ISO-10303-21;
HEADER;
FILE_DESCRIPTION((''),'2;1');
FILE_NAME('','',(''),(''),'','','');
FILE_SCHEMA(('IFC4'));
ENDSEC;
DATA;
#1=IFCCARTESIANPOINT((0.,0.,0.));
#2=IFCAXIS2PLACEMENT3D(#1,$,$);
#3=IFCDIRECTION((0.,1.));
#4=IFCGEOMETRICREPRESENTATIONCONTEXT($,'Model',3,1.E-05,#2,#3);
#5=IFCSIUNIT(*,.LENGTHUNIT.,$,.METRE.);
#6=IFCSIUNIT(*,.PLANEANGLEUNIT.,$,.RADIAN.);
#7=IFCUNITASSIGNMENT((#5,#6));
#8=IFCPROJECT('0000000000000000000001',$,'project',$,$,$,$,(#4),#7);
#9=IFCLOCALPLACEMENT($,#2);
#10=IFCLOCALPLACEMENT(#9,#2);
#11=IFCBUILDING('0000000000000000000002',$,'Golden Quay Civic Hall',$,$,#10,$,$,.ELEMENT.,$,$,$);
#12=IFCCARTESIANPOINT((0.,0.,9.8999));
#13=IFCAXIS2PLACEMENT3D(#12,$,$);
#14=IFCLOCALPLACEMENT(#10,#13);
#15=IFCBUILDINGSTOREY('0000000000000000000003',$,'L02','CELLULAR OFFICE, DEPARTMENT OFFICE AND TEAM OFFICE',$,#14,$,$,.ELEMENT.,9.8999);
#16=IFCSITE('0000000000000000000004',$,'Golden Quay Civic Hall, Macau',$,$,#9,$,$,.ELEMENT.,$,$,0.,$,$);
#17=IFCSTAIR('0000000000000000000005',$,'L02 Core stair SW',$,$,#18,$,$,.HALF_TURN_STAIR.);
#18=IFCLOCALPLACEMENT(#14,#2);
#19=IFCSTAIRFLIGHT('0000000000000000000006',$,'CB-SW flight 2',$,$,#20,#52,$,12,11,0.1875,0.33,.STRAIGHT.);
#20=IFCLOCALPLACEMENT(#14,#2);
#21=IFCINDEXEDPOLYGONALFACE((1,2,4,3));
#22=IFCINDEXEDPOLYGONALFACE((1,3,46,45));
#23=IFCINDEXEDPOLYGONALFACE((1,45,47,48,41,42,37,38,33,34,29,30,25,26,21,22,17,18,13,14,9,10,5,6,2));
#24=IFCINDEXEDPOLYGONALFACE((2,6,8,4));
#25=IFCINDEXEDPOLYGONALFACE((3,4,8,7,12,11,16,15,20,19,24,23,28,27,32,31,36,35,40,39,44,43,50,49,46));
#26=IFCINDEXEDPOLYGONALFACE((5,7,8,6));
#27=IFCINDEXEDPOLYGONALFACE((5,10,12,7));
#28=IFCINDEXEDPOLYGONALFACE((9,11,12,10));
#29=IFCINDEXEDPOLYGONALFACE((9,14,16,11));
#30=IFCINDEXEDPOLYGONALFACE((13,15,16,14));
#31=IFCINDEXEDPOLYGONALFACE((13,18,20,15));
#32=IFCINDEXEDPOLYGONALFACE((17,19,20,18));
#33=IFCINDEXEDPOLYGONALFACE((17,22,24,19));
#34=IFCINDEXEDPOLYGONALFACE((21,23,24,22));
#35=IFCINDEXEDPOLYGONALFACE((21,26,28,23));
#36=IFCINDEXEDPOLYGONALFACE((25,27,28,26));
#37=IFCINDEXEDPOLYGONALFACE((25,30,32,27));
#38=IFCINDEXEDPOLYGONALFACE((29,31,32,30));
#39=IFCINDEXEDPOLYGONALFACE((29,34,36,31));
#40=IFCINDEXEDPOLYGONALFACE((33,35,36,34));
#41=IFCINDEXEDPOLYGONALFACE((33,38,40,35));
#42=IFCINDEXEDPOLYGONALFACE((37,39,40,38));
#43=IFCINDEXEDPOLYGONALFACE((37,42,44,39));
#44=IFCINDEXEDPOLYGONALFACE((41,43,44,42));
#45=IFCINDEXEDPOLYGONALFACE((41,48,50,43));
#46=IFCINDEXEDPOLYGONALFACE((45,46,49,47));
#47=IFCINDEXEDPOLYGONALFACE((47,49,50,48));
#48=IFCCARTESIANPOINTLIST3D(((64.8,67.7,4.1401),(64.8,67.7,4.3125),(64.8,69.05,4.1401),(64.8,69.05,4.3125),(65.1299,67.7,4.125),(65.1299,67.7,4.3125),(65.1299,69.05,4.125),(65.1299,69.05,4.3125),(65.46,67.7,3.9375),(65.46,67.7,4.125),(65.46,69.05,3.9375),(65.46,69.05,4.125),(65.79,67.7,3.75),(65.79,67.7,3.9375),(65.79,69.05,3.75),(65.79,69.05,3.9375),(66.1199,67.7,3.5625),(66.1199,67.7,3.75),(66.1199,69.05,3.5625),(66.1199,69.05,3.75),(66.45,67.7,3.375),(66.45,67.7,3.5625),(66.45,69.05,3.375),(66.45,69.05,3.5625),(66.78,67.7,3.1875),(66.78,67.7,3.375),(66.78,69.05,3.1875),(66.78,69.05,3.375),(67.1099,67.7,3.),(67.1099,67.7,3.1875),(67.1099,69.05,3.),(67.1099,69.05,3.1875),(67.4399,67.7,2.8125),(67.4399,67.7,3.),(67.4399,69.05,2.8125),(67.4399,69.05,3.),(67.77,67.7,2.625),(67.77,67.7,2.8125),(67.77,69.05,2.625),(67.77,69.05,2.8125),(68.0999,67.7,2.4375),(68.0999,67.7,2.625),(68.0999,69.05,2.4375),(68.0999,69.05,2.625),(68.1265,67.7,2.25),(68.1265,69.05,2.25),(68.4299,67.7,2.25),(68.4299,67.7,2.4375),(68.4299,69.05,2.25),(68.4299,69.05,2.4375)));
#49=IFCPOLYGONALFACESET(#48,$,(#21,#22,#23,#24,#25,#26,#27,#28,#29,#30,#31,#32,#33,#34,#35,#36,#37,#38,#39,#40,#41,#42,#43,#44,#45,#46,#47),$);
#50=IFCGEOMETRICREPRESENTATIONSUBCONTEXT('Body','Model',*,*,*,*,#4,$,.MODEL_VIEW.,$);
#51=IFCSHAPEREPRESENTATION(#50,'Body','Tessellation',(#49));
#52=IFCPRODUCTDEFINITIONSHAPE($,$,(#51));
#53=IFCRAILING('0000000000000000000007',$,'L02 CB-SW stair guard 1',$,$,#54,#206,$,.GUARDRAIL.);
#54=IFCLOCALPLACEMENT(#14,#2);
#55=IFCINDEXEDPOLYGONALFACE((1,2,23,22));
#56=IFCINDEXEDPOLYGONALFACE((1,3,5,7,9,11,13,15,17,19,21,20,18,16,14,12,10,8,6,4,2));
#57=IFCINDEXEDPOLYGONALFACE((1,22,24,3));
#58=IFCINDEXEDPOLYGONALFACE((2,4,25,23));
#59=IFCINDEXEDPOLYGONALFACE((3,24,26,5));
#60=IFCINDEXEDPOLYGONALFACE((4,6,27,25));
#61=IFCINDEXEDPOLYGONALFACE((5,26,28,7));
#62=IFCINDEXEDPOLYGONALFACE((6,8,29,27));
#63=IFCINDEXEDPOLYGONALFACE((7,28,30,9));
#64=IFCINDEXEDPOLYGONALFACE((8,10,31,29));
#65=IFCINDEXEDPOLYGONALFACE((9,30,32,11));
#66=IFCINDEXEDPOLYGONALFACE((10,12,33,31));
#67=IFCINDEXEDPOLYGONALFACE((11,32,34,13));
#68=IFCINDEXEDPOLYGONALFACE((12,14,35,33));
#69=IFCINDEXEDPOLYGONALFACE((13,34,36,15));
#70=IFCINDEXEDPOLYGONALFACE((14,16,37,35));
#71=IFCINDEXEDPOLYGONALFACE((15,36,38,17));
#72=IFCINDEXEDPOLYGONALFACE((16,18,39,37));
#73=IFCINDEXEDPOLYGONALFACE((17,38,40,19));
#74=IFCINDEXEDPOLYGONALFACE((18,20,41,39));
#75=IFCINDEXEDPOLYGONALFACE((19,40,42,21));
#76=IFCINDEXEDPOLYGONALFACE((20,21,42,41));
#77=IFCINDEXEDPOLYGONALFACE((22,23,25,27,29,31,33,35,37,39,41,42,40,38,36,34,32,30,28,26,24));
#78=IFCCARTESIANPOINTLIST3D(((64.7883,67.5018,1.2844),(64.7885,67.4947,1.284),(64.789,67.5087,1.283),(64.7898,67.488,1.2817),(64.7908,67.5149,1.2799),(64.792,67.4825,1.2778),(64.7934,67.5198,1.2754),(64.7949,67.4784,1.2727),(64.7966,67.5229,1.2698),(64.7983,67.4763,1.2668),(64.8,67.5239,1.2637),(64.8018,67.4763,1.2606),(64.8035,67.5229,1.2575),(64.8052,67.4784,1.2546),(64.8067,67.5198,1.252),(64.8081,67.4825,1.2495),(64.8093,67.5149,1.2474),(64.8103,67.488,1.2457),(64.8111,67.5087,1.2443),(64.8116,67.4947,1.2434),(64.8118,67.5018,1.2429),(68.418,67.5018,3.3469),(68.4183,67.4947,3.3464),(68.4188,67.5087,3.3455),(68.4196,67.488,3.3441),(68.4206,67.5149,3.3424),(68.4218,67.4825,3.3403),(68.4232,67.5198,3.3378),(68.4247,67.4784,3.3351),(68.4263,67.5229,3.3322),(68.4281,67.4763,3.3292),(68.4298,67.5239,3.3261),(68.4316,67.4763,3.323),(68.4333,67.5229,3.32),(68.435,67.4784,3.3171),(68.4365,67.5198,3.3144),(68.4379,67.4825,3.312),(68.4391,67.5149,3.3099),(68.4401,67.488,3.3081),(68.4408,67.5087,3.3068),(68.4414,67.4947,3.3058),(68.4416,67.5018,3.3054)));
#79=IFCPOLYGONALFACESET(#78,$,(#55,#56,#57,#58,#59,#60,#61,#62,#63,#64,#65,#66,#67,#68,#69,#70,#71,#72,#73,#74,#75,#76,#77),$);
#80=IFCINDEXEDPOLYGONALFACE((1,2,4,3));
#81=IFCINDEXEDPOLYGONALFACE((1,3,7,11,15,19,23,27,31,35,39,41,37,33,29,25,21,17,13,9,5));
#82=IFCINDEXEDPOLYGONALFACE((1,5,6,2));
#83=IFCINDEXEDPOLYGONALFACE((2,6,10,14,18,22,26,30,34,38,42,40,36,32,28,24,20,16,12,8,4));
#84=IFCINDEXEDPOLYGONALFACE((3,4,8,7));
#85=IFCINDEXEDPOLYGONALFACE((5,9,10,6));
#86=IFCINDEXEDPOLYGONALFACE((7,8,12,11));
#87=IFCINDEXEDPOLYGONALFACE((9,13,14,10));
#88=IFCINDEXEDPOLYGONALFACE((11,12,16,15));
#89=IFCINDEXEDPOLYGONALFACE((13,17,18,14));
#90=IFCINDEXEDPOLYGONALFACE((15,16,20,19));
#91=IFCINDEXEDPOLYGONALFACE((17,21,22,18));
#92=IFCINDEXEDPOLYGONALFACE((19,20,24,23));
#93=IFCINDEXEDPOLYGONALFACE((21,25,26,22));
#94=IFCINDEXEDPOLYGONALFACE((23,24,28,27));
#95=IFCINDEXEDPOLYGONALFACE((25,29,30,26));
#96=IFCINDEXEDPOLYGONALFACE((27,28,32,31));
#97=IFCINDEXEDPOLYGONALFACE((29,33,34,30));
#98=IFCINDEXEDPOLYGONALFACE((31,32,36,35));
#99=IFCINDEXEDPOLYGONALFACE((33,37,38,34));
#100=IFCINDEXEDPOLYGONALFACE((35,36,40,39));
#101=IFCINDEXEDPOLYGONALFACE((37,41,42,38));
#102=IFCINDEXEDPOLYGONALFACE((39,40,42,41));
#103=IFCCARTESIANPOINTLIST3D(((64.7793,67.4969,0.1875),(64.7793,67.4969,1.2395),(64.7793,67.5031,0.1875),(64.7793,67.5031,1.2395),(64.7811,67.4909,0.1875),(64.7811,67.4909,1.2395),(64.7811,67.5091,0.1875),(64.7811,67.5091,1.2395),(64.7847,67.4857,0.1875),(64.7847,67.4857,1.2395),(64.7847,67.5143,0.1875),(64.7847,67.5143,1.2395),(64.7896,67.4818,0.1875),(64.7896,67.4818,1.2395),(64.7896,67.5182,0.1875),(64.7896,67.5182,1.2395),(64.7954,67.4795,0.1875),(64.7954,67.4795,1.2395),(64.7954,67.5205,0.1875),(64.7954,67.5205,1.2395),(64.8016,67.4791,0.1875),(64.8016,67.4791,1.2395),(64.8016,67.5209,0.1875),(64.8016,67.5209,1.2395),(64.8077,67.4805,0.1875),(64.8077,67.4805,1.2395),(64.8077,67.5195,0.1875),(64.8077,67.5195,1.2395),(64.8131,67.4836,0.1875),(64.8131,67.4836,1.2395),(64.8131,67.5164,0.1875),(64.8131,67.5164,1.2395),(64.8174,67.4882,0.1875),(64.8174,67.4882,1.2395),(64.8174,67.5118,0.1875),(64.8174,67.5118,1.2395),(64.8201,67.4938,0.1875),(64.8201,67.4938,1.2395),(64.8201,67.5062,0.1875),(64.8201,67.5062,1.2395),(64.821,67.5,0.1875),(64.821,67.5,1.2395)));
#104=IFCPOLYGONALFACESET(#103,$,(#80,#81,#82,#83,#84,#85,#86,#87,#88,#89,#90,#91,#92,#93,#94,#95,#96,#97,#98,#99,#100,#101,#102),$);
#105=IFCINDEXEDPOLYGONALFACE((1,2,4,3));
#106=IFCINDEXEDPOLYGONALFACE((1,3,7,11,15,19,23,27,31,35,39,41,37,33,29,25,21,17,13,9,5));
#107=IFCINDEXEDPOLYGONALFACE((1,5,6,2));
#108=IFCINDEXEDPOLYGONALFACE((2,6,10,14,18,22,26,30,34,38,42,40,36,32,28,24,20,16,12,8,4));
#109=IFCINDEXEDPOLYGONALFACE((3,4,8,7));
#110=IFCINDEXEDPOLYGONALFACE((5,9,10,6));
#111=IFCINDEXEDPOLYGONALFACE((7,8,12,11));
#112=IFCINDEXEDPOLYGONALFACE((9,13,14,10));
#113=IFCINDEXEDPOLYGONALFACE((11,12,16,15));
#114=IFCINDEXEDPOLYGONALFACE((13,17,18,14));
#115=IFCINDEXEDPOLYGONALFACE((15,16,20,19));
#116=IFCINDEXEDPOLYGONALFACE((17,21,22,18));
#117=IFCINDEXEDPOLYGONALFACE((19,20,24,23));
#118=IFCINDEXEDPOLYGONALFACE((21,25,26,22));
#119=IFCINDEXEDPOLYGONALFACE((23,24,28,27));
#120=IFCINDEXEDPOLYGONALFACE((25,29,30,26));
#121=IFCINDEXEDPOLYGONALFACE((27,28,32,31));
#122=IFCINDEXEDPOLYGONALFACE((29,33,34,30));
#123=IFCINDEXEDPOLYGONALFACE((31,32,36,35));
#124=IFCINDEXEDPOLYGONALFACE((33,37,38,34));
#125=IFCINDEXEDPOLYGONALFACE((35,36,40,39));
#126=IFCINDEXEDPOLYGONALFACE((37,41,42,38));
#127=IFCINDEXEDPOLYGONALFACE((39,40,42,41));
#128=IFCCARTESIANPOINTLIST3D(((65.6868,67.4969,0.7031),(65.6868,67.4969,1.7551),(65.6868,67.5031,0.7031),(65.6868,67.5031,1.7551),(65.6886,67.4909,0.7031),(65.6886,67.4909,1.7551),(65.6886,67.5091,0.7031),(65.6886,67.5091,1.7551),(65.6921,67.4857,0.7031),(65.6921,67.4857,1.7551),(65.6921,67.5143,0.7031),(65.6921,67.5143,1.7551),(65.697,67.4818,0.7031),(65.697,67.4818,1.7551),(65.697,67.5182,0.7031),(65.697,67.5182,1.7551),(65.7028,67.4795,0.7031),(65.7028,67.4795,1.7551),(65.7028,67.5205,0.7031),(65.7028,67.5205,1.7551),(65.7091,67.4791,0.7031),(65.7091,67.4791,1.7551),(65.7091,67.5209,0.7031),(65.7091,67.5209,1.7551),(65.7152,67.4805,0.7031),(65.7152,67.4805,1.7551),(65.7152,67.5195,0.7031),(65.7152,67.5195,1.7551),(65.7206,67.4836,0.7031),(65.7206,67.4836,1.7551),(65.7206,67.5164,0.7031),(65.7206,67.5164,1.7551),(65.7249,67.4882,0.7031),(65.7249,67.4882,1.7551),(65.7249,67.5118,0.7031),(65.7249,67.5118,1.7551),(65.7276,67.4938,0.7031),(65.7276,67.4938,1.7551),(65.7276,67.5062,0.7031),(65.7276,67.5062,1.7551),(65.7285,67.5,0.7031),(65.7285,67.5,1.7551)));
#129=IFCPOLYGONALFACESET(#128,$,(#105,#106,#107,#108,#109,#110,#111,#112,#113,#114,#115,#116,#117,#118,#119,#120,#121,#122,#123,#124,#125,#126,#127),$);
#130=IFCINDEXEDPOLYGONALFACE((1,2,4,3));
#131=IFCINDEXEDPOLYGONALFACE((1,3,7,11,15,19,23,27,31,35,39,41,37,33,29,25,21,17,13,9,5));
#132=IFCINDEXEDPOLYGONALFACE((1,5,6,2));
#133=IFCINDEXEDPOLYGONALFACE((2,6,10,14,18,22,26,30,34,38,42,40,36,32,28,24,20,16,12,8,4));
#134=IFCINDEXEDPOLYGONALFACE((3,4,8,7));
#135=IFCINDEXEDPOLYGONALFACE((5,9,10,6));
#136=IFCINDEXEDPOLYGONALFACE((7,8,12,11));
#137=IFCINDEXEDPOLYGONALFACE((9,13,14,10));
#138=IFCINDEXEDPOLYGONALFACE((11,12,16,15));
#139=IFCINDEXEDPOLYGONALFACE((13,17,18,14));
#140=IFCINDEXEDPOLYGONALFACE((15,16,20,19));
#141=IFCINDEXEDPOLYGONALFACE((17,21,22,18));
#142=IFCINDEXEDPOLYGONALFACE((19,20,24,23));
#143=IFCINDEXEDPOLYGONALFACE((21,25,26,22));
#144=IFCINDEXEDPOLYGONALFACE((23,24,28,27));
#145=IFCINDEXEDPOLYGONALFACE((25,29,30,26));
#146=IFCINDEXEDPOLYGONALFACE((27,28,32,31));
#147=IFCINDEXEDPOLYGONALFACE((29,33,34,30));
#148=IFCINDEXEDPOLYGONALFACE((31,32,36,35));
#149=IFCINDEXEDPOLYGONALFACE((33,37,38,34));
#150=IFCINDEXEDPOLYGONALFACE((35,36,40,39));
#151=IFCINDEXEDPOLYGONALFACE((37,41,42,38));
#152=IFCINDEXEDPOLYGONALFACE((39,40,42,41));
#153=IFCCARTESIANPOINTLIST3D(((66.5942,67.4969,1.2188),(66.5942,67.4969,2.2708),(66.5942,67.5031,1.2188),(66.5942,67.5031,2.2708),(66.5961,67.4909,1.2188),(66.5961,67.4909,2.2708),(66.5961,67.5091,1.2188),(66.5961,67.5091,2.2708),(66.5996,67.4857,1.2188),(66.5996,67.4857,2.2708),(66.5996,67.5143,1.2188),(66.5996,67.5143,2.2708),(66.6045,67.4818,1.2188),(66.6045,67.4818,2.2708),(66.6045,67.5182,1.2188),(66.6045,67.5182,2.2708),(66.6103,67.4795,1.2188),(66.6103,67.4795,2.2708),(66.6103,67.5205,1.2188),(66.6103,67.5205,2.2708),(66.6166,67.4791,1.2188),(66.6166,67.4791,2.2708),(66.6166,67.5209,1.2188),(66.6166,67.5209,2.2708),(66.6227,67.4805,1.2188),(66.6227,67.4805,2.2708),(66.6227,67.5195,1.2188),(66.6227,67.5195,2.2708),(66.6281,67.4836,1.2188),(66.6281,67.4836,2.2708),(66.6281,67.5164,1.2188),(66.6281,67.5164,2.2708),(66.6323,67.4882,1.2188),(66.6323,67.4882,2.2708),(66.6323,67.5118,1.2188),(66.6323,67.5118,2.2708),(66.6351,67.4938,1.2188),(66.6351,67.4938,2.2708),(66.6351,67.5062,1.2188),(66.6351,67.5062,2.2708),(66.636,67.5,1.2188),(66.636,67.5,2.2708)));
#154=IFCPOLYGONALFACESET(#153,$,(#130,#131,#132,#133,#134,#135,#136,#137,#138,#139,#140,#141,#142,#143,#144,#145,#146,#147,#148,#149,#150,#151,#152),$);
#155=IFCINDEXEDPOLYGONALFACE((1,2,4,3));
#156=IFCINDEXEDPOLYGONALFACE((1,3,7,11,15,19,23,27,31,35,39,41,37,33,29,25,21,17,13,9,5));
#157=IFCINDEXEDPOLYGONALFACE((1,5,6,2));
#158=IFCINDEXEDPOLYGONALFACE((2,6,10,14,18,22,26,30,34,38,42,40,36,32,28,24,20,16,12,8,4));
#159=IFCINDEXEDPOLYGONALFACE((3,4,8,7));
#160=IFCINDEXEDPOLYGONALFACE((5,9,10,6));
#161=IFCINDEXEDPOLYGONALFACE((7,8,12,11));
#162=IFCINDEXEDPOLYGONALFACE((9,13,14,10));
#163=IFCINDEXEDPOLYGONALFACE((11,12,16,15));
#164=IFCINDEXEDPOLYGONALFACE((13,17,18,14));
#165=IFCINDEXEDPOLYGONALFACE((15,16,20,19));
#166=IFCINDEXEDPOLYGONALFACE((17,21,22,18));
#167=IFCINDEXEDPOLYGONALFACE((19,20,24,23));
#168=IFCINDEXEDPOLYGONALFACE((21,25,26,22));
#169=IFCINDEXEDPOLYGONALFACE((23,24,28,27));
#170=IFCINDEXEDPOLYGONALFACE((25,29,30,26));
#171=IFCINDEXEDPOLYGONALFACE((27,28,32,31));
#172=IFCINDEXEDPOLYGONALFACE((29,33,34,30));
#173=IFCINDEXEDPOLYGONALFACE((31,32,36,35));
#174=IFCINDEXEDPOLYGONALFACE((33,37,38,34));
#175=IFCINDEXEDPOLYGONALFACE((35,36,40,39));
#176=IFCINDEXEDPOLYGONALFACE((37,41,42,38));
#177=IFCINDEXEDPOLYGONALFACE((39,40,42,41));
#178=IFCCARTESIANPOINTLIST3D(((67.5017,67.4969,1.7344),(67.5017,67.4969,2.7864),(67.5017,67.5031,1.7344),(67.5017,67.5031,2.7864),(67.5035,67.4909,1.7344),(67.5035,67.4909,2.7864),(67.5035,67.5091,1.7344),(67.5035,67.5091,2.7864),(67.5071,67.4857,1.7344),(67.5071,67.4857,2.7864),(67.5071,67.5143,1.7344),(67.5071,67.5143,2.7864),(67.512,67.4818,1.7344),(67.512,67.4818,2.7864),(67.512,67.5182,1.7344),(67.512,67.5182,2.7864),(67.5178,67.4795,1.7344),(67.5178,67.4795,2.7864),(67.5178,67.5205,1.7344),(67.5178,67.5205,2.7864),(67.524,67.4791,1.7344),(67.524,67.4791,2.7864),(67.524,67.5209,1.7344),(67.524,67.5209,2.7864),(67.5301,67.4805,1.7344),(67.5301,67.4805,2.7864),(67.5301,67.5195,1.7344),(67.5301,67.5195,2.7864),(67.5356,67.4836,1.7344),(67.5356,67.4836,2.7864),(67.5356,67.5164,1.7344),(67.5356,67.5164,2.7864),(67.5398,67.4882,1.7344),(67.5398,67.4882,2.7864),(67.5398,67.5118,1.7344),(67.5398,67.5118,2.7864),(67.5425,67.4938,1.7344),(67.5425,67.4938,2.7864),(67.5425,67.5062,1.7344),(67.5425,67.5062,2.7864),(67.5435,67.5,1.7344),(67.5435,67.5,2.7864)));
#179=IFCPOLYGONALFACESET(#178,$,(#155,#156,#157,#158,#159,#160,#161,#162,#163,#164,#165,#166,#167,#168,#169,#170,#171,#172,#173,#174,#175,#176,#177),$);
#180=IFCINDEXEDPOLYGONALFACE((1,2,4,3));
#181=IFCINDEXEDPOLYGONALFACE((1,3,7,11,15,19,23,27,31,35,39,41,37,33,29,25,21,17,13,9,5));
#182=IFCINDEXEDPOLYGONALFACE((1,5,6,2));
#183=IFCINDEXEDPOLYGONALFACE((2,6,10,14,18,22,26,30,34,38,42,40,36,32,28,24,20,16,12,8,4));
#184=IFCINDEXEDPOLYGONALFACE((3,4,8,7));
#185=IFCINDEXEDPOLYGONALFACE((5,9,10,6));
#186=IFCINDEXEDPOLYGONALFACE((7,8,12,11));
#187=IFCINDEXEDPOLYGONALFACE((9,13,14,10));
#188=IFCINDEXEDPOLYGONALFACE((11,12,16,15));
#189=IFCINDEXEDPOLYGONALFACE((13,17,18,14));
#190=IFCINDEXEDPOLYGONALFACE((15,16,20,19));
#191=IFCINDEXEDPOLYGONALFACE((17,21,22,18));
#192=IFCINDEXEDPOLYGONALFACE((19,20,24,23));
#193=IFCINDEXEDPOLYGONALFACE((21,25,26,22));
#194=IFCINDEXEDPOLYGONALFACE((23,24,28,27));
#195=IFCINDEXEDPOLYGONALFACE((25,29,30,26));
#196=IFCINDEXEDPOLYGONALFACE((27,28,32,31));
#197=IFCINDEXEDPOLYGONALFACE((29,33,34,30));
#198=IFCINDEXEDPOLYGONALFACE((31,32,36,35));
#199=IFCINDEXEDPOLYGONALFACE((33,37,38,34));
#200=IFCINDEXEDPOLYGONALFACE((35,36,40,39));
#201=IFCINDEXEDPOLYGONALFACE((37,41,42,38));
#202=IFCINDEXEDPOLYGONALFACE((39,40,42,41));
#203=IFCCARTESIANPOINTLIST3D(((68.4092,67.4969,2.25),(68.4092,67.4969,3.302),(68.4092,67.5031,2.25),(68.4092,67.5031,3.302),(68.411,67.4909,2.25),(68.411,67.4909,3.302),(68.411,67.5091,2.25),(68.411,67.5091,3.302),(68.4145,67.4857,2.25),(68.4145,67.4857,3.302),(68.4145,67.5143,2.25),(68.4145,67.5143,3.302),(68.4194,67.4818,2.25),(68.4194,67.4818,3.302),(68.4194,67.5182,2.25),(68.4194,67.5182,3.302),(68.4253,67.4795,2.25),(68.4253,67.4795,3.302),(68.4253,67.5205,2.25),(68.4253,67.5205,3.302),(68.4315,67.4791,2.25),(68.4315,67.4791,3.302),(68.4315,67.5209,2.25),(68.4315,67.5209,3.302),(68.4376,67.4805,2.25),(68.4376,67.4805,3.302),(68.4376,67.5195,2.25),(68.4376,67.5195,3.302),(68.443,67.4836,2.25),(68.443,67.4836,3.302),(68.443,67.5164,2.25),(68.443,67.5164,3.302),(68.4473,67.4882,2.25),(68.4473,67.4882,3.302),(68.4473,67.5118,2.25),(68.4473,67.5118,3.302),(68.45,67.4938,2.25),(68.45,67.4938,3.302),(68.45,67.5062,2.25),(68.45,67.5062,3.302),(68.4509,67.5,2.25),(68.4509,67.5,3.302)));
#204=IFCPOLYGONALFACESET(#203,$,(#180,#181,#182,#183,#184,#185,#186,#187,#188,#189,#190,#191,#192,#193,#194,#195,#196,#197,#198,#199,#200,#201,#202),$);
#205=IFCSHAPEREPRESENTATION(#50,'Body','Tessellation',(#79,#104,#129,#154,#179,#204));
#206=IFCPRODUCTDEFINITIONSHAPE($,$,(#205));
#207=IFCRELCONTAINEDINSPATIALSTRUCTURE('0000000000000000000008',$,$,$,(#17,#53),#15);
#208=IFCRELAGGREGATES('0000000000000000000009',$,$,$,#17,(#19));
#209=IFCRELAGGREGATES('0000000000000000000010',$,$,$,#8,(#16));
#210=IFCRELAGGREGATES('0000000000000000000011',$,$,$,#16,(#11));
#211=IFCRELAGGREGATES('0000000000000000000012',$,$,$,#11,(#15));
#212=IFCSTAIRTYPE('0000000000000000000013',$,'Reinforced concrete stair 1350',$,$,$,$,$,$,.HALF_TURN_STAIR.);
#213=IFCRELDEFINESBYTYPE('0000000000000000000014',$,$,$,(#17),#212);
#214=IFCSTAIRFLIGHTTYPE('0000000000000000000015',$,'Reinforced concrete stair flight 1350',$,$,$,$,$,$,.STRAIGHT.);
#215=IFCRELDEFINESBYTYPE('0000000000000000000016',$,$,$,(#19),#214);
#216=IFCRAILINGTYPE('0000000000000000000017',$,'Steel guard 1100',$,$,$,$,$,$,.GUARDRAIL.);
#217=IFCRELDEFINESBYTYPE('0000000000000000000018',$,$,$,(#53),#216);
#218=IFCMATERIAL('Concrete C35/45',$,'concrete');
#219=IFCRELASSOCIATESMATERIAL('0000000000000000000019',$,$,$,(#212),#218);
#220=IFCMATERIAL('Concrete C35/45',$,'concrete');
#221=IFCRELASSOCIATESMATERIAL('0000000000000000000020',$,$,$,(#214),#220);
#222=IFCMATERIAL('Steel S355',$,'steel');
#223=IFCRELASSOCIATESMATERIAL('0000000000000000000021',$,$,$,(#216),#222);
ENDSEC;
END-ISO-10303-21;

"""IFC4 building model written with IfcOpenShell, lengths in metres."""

from ifc_helpers import new_model, si_unit, direction, frame, origin, origin_2d, place, context, subcontext, project, spatial, polyline, circle, outline, extrude, material, type_object, element, aggregate, save


model = new_model("IFC4")

# Units and contexts
model_context = context("Model", 3, precision=1e-05, world=origin(), true_north=direction((0.0, 1.0)))
body_context = subcontext(model_context, "Body", "Model", "MODEL_VIEW")
ifc_project = project(units=[si_unit("LENGTHUNIT", "METRE"), si_unit("PLANEANGLEUNIT", "RADIAN")], contexts=[model_context])

# Site, building, storey
site_placement = place(None, origin())
site = spatial("IfcSite", under=ifc_project, at=site_placement, Name="Golden Quay Civic Hall, Macau", CompositionType="ELEMENT", RefElevation=0.0)
building_placement = place(site_placement, origin())
building = spatial("IfcBuilding", under=site, at=building_placement, Name="Golden Quay Civic Hall", CompositionType="ELEMENT")
storey_placement = place(building_placement, frame((0.0, 0.0, 9.8999)))
storey = spatial("IfcBuildingStorey", under=building, at=storey_placement, Name="L02", Description="CELLULAR OFFICE, DEPARTMENT OFFICE AND TEAM OFFICE", CompositionType="ELEMENT", Elevation=9.8999)

# Stair, stair flight
ifc_material_1 = material(Name="Concrete C35/45", Category="concrete")
stair_type = type_object("IfcStairType", Name="Reinforced concrete stair 1350", PredefinedType="HALF_TURN_STAIR", material=ifc_material_1)
stair_placement = place(storey_placement, origin())
stair = element("IfcStair", 1, at=stair_placement, inside=storey, type_object=stair_type, Name="L02 Core stair SW", PredefinedType="HALF_TURN_STAIR")
ifc_material_2 = material(Name="Concrete C35/45", Category="concrete")
stair_flight_type = type_object("IfcStairFlightType", Name="Reinforced concrete stair flight 1350", PredefinedType="STRAIGHT", material=ifc_material_2)
stair_flight_1_placement = place(storey_placement, frame((68.4299, 68.375, 2.25), z_axis=(0.0, 0.0, 1.0), x_axis=(-1.0, 0.0, 0.0)))
stair_flight_1 = element("IfcStairFlight", 2, at=stair_flight_1_placement, type_object=stair_flight_type, Name="CB-SW flight 2", NumberOfRisers=12, NumberOfTreads=11, PredefinedType="STRAIGHT", RiserHeight=0.1875, TreadLength=0.33, context=body_context, shape_type="SweptSolid", body=[
    extrude(outline(polyline([(0.0, 0.0), (0.0, 0.1875), (0.3301, 0.1875), (0.3301, 0.375), (0.6599, 0.375), (0.6599, 0.5625), (0.99, 0.5625), (0.99, 0.75), (1.3201, 0.75), (1.3201, 0.9375), (1.6499, 0.9375), (1.6499, 1.125), (1.98, 1.125), (1.98, 1.3125), (2.3101, 1.3125), (2.3101, 1.5), (2.6399, 1.5), (2.6399, 1.6875), (2.97, 1.6875), (2.97, 1.875), (3.3, 1.875), (3.3, 2.0625), (3.6299, 2.0625), (3.6299, 2.25), (3.6299, 1.8901), (0.3035, 0.0), (0.0, 0.0)])), frame((0.0, 0.675, 0.0), z_axis=(0.0, -1.0, 0.0), x_axis=(1.0, 0.0, 0.0)), (0.0, 0.0, 1.0), 1.35),
])
aggregate(stair, [stair_flight_1])

# Railing
ifc_material_3 = material(Name="Steel S355", Category="steel")
railing_type_1 = type_object("IfcRailingType", Name="Steel guard 1100", PredefinedType="GUARDRAIL", material=ifc_material_3)
railing_1_placement = place(storey_placement, frame((64.8, 67.5, 0.1875)))
element("IfcRailing", 3, at=railing_1_placement, inside=storey, type_object=railing_type_1, Name="L02 CB-SW stair guard 1", PredefinedType="GUARDRAIL", context=body_context, shape_type="SweptSolid", body=[
    extrude(circle(Radius=0.0239, at=origin_2d()), frame((0.0, 0.0, 1.0762), z_axis=(0.86945, 0.0, 0.494021), x_axis=(0.0, 1.0, 0.0)), (0.0, 0.0, 1.0), 4.1748),
    extrude(circle(Radius=0.021, at=origin_2d()), origin(), (0.0, 0.0, 1.0), 1.052),
    extrude(circle(Radius=0.021, at=origin_2d()), frame((0.9075, 0.0, 0.5156)), (0.0, 0.0, 1.0), 1.052),
    extrude(circle(Radius=0.021, at=origin_2d()), frame((1.8149, 0.0, 1.0312)), (0.0, 0.0, 1.0), 1.052),
    extrude(circle(Radius=0.021, at=origin_2d()), frame((2.7224, 0.0, 1.5469)), (0.0, 0.0, 1.0), 1.052),
    extrude(circle(Radius=0.021, at=origin_2d()), frame((3.6299, 0.0, 2.0625)), (0.0, 0.0, 1.0), 1.052),
])

save(model, "model.ifc")
